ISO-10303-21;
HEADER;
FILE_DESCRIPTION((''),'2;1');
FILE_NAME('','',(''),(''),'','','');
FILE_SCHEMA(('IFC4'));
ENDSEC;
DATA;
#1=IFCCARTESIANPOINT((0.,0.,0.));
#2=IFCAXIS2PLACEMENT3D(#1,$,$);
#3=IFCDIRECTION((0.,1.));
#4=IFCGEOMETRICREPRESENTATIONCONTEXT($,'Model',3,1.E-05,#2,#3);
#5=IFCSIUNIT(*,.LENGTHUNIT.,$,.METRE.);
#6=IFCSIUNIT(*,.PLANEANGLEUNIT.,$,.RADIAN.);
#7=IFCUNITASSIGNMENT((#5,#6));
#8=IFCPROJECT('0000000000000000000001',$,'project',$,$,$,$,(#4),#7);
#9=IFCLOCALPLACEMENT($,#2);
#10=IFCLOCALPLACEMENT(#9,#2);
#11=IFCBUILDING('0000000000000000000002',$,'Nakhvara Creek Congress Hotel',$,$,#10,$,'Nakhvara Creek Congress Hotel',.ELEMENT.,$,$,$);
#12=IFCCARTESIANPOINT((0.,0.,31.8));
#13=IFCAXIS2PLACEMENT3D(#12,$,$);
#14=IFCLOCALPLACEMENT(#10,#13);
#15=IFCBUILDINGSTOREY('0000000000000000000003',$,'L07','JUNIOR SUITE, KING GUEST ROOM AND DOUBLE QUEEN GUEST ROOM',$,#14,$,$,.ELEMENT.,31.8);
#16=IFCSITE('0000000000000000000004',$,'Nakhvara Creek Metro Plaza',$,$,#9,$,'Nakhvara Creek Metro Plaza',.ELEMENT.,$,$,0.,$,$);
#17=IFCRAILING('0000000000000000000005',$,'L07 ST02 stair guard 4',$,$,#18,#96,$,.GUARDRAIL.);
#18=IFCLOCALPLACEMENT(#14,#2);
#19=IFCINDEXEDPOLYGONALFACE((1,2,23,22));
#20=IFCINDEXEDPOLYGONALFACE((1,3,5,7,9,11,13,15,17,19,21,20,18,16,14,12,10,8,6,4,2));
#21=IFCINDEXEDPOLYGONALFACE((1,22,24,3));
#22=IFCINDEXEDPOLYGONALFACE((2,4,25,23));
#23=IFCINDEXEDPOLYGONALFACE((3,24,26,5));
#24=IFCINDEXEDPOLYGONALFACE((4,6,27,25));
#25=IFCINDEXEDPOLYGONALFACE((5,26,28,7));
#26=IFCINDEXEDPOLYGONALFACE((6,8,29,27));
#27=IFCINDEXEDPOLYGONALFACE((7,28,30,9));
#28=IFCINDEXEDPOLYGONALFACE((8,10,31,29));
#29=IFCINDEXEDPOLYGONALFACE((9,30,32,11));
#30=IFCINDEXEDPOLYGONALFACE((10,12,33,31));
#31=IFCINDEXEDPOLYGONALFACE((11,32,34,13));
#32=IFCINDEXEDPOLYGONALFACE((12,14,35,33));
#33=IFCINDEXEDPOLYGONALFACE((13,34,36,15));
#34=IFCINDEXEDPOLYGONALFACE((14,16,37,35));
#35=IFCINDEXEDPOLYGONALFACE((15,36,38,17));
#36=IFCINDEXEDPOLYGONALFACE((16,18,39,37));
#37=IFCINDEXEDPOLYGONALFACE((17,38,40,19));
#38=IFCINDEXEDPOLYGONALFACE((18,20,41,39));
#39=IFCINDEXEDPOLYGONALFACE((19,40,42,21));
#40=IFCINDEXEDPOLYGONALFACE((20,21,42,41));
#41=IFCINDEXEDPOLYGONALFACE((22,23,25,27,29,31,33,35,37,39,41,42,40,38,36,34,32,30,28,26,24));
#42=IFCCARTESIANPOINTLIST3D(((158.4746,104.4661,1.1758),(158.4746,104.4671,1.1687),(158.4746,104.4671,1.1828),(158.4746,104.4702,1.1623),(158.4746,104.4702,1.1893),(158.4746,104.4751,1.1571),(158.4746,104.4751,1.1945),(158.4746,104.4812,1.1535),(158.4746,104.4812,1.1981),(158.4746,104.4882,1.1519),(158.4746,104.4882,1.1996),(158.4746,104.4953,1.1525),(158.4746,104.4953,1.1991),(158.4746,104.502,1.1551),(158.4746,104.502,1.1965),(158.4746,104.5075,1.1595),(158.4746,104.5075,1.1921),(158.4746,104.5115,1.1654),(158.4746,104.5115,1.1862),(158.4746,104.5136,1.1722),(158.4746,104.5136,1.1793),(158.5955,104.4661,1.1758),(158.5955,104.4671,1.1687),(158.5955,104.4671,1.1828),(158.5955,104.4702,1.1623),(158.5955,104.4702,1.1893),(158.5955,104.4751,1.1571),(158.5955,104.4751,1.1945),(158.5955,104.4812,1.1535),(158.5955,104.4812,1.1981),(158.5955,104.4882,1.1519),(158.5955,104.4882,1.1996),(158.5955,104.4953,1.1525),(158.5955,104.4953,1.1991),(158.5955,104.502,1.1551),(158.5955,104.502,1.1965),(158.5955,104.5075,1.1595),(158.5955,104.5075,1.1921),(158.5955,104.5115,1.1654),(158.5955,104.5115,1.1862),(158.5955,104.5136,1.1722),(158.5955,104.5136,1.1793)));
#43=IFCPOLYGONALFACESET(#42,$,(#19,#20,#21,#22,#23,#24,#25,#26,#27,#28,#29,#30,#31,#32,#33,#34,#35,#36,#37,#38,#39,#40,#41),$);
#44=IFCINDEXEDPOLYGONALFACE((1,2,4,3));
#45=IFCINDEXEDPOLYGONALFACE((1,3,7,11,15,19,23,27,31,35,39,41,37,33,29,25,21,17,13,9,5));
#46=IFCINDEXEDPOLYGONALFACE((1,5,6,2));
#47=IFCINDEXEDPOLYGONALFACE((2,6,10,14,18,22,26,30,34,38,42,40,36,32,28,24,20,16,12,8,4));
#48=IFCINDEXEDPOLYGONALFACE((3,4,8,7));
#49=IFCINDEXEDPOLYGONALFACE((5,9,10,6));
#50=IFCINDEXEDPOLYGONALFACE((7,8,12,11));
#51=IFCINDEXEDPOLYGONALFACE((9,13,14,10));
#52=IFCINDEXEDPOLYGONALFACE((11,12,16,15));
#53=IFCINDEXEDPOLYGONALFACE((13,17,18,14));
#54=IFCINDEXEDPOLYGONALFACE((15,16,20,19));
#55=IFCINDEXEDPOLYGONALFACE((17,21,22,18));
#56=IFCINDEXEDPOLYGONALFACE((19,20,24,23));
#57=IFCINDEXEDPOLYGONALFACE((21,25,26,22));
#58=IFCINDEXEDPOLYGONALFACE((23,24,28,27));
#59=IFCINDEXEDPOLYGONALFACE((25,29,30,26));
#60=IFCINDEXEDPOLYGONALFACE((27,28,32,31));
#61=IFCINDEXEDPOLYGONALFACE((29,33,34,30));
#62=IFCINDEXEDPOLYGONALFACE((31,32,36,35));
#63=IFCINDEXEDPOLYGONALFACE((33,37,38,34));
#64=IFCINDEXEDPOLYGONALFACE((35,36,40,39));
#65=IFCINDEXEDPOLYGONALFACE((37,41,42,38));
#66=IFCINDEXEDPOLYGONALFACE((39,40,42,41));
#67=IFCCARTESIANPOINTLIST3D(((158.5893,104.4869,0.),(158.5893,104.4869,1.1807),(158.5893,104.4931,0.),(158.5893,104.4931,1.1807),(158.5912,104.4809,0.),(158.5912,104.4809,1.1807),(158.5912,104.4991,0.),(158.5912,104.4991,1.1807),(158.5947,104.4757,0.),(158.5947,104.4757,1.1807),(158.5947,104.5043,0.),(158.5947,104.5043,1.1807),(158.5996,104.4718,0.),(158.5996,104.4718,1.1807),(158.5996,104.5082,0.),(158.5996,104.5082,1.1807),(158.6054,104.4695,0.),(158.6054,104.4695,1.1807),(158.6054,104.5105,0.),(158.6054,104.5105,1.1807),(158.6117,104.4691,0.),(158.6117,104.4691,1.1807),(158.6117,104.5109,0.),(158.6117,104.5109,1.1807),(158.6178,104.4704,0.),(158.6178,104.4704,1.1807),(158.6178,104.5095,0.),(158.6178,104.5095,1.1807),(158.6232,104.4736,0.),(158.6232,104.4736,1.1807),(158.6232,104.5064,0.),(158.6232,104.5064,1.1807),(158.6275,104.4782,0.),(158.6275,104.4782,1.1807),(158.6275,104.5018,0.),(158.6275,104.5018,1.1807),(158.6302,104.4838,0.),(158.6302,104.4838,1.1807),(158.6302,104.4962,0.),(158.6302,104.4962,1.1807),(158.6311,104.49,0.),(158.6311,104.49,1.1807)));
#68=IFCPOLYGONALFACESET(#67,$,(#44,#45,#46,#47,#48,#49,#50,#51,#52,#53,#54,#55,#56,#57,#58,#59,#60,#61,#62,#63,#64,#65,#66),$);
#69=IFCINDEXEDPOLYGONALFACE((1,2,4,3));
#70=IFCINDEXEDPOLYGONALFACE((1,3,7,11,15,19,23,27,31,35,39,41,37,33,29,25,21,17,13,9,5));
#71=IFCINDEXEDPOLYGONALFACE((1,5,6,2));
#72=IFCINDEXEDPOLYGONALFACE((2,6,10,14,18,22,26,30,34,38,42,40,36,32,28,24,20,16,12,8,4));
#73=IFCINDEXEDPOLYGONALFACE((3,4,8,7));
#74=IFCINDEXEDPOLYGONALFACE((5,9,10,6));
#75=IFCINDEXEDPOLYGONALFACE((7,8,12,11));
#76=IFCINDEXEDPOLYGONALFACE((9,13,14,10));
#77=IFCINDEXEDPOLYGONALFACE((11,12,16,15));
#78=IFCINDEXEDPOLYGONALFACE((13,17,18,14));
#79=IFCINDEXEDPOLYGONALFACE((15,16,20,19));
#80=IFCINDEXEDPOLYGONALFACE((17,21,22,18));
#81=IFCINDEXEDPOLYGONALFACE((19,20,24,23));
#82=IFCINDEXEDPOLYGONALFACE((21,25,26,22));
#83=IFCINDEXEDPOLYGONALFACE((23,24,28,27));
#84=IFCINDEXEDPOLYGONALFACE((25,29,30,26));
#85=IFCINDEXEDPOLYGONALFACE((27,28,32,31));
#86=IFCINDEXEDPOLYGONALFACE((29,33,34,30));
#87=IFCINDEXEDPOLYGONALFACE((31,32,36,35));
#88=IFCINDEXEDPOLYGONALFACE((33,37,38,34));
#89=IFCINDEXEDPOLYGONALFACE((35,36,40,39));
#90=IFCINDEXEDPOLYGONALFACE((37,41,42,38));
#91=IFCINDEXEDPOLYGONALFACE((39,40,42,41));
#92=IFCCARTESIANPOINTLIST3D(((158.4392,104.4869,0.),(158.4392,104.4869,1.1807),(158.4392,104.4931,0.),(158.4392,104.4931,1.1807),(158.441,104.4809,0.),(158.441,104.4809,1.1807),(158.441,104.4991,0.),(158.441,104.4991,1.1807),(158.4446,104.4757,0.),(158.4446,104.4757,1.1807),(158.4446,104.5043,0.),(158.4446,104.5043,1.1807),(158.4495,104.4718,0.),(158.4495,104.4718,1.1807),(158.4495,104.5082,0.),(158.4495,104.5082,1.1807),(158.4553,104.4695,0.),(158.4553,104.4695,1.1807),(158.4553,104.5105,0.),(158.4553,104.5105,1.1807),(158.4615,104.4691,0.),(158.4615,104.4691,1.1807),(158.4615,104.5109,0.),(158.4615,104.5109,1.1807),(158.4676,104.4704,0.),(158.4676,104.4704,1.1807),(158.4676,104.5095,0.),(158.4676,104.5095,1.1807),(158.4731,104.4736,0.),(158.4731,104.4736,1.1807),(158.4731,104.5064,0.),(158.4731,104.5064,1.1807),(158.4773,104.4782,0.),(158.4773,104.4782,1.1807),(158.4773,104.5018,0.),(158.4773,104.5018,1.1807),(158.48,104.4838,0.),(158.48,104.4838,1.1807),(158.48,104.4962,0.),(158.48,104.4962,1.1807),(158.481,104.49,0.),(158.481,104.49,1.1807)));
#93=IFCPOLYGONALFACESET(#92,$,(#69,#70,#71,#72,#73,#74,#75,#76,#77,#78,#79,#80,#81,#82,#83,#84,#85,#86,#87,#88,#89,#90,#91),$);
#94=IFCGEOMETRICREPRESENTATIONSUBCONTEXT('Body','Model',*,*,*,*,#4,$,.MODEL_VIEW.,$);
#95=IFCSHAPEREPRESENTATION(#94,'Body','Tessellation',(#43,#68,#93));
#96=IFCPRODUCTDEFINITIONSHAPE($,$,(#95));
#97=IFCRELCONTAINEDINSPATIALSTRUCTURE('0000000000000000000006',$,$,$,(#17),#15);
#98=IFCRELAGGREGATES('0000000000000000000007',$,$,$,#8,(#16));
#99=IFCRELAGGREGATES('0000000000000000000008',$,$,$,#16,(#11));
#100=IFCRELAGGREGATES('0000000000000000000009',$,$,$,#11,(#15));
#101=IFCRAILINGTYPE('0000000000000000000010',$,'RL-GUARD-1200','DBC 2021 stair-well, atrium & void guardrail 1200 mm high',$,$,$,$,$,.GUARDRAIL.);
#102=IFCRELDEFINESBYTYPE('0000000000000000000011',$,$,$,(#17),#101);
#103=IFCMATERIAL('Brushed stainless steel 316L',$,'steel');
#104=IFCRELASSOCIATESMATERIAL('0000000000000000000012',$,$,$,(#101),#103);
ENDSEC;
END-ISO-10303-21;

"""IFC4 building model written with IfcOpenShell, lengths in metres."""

from ifc_helpers import new_model, si_unit, direction, frame, origin, origin_2d, place, context, subcontext, project, spatial, circle, extrude, material, type_object, element, save


model = new_model("IFC4")

# Units and contexts
model_context = context("Model", 3, precision=1e-05, world=origin(), true_north=direction((0.0, 1.0)))
body_context = subcontext(model_context, "Body", "Model", "MODEL_VIEW")
ifc_project = project(units=[si_unit("LENGTHUNIT", "METRE"), si_unit("PLANEANGLEUNIT", "RADIAN")], contexts=[model_context])

# Site, building, storey
site_placement = place(None, origin())
site = spatial("IfcSite", under=ifc_project, at=site_placement, Name="Nakhvara Creek Metro Plaza", LongName="Nakhvara Creek Metro Plaza", CompositionType="ELEMENT", RefElevation=0.0)
building_placement = place(site_placement, origin())
building = spatial("IfcBuilding", under=site, at=building_placement, Name="Nakhvara Creek Congress Hotel", LongName="Nakhvara Creek Congress Hotel", CompositionType="ELEMENT")
storey_placement = place(building_placement, frame((0.0, 0.0, 31.8)))
storey = spatial("IfcBuildingStorey", under=building, at=storey_placement, Name="L07", Description="JUNIOR SUITE, KING GUEST ROOM AND DOUBLE QUEEN GUEST ROOM", CompositionType="ELEMENT", Elevation=31.8)

# Railing
ifc_material_1 = material(Name="Brushed stainless steel 316L", Category="steel")
railing_type_1 = type_object("IfcRailingType", Name="RL-GUARD-1200", Description="DBC 2021 stair-well, atrium & void guardrail 1200 mm high", PredefinedType="GUARDRAIL", material=ifc_material_1)
railing_1_placement = place(storey_placement, frame((158.6101, 104.49, 0.0)))
element("IfcRailing", 1, at=railing_1_placement, inside=storey, type_object=railing_type_1, Name="L07 ST02 stair guard 4", PredefinedType="GUARDRAIL", context=body_context, shape_type="SweptSolid", body=[
    extrude(circle(Radius=0.0239, at=origin_2d()), frame((-0.0146, 0.0, 1.1758), z_axis=(-1.0, 0.0, 0.0), x_axis=(0.0, -1.0, 0.0)), (0.0, 0.0, 1.0), 0.1208),
    extrude(circle(Radius=0.021, at=origin_2d()), origin(), (0.0, 0.0, 1.0), 1.1807),
    extrude(circle(Radius=0.021, at=origin_2d()), frame((-0.1501, 0.0, 0.0)), (0.0, 0.0, 1.0), 1.1807),
])

save(model, "model.ifc")
